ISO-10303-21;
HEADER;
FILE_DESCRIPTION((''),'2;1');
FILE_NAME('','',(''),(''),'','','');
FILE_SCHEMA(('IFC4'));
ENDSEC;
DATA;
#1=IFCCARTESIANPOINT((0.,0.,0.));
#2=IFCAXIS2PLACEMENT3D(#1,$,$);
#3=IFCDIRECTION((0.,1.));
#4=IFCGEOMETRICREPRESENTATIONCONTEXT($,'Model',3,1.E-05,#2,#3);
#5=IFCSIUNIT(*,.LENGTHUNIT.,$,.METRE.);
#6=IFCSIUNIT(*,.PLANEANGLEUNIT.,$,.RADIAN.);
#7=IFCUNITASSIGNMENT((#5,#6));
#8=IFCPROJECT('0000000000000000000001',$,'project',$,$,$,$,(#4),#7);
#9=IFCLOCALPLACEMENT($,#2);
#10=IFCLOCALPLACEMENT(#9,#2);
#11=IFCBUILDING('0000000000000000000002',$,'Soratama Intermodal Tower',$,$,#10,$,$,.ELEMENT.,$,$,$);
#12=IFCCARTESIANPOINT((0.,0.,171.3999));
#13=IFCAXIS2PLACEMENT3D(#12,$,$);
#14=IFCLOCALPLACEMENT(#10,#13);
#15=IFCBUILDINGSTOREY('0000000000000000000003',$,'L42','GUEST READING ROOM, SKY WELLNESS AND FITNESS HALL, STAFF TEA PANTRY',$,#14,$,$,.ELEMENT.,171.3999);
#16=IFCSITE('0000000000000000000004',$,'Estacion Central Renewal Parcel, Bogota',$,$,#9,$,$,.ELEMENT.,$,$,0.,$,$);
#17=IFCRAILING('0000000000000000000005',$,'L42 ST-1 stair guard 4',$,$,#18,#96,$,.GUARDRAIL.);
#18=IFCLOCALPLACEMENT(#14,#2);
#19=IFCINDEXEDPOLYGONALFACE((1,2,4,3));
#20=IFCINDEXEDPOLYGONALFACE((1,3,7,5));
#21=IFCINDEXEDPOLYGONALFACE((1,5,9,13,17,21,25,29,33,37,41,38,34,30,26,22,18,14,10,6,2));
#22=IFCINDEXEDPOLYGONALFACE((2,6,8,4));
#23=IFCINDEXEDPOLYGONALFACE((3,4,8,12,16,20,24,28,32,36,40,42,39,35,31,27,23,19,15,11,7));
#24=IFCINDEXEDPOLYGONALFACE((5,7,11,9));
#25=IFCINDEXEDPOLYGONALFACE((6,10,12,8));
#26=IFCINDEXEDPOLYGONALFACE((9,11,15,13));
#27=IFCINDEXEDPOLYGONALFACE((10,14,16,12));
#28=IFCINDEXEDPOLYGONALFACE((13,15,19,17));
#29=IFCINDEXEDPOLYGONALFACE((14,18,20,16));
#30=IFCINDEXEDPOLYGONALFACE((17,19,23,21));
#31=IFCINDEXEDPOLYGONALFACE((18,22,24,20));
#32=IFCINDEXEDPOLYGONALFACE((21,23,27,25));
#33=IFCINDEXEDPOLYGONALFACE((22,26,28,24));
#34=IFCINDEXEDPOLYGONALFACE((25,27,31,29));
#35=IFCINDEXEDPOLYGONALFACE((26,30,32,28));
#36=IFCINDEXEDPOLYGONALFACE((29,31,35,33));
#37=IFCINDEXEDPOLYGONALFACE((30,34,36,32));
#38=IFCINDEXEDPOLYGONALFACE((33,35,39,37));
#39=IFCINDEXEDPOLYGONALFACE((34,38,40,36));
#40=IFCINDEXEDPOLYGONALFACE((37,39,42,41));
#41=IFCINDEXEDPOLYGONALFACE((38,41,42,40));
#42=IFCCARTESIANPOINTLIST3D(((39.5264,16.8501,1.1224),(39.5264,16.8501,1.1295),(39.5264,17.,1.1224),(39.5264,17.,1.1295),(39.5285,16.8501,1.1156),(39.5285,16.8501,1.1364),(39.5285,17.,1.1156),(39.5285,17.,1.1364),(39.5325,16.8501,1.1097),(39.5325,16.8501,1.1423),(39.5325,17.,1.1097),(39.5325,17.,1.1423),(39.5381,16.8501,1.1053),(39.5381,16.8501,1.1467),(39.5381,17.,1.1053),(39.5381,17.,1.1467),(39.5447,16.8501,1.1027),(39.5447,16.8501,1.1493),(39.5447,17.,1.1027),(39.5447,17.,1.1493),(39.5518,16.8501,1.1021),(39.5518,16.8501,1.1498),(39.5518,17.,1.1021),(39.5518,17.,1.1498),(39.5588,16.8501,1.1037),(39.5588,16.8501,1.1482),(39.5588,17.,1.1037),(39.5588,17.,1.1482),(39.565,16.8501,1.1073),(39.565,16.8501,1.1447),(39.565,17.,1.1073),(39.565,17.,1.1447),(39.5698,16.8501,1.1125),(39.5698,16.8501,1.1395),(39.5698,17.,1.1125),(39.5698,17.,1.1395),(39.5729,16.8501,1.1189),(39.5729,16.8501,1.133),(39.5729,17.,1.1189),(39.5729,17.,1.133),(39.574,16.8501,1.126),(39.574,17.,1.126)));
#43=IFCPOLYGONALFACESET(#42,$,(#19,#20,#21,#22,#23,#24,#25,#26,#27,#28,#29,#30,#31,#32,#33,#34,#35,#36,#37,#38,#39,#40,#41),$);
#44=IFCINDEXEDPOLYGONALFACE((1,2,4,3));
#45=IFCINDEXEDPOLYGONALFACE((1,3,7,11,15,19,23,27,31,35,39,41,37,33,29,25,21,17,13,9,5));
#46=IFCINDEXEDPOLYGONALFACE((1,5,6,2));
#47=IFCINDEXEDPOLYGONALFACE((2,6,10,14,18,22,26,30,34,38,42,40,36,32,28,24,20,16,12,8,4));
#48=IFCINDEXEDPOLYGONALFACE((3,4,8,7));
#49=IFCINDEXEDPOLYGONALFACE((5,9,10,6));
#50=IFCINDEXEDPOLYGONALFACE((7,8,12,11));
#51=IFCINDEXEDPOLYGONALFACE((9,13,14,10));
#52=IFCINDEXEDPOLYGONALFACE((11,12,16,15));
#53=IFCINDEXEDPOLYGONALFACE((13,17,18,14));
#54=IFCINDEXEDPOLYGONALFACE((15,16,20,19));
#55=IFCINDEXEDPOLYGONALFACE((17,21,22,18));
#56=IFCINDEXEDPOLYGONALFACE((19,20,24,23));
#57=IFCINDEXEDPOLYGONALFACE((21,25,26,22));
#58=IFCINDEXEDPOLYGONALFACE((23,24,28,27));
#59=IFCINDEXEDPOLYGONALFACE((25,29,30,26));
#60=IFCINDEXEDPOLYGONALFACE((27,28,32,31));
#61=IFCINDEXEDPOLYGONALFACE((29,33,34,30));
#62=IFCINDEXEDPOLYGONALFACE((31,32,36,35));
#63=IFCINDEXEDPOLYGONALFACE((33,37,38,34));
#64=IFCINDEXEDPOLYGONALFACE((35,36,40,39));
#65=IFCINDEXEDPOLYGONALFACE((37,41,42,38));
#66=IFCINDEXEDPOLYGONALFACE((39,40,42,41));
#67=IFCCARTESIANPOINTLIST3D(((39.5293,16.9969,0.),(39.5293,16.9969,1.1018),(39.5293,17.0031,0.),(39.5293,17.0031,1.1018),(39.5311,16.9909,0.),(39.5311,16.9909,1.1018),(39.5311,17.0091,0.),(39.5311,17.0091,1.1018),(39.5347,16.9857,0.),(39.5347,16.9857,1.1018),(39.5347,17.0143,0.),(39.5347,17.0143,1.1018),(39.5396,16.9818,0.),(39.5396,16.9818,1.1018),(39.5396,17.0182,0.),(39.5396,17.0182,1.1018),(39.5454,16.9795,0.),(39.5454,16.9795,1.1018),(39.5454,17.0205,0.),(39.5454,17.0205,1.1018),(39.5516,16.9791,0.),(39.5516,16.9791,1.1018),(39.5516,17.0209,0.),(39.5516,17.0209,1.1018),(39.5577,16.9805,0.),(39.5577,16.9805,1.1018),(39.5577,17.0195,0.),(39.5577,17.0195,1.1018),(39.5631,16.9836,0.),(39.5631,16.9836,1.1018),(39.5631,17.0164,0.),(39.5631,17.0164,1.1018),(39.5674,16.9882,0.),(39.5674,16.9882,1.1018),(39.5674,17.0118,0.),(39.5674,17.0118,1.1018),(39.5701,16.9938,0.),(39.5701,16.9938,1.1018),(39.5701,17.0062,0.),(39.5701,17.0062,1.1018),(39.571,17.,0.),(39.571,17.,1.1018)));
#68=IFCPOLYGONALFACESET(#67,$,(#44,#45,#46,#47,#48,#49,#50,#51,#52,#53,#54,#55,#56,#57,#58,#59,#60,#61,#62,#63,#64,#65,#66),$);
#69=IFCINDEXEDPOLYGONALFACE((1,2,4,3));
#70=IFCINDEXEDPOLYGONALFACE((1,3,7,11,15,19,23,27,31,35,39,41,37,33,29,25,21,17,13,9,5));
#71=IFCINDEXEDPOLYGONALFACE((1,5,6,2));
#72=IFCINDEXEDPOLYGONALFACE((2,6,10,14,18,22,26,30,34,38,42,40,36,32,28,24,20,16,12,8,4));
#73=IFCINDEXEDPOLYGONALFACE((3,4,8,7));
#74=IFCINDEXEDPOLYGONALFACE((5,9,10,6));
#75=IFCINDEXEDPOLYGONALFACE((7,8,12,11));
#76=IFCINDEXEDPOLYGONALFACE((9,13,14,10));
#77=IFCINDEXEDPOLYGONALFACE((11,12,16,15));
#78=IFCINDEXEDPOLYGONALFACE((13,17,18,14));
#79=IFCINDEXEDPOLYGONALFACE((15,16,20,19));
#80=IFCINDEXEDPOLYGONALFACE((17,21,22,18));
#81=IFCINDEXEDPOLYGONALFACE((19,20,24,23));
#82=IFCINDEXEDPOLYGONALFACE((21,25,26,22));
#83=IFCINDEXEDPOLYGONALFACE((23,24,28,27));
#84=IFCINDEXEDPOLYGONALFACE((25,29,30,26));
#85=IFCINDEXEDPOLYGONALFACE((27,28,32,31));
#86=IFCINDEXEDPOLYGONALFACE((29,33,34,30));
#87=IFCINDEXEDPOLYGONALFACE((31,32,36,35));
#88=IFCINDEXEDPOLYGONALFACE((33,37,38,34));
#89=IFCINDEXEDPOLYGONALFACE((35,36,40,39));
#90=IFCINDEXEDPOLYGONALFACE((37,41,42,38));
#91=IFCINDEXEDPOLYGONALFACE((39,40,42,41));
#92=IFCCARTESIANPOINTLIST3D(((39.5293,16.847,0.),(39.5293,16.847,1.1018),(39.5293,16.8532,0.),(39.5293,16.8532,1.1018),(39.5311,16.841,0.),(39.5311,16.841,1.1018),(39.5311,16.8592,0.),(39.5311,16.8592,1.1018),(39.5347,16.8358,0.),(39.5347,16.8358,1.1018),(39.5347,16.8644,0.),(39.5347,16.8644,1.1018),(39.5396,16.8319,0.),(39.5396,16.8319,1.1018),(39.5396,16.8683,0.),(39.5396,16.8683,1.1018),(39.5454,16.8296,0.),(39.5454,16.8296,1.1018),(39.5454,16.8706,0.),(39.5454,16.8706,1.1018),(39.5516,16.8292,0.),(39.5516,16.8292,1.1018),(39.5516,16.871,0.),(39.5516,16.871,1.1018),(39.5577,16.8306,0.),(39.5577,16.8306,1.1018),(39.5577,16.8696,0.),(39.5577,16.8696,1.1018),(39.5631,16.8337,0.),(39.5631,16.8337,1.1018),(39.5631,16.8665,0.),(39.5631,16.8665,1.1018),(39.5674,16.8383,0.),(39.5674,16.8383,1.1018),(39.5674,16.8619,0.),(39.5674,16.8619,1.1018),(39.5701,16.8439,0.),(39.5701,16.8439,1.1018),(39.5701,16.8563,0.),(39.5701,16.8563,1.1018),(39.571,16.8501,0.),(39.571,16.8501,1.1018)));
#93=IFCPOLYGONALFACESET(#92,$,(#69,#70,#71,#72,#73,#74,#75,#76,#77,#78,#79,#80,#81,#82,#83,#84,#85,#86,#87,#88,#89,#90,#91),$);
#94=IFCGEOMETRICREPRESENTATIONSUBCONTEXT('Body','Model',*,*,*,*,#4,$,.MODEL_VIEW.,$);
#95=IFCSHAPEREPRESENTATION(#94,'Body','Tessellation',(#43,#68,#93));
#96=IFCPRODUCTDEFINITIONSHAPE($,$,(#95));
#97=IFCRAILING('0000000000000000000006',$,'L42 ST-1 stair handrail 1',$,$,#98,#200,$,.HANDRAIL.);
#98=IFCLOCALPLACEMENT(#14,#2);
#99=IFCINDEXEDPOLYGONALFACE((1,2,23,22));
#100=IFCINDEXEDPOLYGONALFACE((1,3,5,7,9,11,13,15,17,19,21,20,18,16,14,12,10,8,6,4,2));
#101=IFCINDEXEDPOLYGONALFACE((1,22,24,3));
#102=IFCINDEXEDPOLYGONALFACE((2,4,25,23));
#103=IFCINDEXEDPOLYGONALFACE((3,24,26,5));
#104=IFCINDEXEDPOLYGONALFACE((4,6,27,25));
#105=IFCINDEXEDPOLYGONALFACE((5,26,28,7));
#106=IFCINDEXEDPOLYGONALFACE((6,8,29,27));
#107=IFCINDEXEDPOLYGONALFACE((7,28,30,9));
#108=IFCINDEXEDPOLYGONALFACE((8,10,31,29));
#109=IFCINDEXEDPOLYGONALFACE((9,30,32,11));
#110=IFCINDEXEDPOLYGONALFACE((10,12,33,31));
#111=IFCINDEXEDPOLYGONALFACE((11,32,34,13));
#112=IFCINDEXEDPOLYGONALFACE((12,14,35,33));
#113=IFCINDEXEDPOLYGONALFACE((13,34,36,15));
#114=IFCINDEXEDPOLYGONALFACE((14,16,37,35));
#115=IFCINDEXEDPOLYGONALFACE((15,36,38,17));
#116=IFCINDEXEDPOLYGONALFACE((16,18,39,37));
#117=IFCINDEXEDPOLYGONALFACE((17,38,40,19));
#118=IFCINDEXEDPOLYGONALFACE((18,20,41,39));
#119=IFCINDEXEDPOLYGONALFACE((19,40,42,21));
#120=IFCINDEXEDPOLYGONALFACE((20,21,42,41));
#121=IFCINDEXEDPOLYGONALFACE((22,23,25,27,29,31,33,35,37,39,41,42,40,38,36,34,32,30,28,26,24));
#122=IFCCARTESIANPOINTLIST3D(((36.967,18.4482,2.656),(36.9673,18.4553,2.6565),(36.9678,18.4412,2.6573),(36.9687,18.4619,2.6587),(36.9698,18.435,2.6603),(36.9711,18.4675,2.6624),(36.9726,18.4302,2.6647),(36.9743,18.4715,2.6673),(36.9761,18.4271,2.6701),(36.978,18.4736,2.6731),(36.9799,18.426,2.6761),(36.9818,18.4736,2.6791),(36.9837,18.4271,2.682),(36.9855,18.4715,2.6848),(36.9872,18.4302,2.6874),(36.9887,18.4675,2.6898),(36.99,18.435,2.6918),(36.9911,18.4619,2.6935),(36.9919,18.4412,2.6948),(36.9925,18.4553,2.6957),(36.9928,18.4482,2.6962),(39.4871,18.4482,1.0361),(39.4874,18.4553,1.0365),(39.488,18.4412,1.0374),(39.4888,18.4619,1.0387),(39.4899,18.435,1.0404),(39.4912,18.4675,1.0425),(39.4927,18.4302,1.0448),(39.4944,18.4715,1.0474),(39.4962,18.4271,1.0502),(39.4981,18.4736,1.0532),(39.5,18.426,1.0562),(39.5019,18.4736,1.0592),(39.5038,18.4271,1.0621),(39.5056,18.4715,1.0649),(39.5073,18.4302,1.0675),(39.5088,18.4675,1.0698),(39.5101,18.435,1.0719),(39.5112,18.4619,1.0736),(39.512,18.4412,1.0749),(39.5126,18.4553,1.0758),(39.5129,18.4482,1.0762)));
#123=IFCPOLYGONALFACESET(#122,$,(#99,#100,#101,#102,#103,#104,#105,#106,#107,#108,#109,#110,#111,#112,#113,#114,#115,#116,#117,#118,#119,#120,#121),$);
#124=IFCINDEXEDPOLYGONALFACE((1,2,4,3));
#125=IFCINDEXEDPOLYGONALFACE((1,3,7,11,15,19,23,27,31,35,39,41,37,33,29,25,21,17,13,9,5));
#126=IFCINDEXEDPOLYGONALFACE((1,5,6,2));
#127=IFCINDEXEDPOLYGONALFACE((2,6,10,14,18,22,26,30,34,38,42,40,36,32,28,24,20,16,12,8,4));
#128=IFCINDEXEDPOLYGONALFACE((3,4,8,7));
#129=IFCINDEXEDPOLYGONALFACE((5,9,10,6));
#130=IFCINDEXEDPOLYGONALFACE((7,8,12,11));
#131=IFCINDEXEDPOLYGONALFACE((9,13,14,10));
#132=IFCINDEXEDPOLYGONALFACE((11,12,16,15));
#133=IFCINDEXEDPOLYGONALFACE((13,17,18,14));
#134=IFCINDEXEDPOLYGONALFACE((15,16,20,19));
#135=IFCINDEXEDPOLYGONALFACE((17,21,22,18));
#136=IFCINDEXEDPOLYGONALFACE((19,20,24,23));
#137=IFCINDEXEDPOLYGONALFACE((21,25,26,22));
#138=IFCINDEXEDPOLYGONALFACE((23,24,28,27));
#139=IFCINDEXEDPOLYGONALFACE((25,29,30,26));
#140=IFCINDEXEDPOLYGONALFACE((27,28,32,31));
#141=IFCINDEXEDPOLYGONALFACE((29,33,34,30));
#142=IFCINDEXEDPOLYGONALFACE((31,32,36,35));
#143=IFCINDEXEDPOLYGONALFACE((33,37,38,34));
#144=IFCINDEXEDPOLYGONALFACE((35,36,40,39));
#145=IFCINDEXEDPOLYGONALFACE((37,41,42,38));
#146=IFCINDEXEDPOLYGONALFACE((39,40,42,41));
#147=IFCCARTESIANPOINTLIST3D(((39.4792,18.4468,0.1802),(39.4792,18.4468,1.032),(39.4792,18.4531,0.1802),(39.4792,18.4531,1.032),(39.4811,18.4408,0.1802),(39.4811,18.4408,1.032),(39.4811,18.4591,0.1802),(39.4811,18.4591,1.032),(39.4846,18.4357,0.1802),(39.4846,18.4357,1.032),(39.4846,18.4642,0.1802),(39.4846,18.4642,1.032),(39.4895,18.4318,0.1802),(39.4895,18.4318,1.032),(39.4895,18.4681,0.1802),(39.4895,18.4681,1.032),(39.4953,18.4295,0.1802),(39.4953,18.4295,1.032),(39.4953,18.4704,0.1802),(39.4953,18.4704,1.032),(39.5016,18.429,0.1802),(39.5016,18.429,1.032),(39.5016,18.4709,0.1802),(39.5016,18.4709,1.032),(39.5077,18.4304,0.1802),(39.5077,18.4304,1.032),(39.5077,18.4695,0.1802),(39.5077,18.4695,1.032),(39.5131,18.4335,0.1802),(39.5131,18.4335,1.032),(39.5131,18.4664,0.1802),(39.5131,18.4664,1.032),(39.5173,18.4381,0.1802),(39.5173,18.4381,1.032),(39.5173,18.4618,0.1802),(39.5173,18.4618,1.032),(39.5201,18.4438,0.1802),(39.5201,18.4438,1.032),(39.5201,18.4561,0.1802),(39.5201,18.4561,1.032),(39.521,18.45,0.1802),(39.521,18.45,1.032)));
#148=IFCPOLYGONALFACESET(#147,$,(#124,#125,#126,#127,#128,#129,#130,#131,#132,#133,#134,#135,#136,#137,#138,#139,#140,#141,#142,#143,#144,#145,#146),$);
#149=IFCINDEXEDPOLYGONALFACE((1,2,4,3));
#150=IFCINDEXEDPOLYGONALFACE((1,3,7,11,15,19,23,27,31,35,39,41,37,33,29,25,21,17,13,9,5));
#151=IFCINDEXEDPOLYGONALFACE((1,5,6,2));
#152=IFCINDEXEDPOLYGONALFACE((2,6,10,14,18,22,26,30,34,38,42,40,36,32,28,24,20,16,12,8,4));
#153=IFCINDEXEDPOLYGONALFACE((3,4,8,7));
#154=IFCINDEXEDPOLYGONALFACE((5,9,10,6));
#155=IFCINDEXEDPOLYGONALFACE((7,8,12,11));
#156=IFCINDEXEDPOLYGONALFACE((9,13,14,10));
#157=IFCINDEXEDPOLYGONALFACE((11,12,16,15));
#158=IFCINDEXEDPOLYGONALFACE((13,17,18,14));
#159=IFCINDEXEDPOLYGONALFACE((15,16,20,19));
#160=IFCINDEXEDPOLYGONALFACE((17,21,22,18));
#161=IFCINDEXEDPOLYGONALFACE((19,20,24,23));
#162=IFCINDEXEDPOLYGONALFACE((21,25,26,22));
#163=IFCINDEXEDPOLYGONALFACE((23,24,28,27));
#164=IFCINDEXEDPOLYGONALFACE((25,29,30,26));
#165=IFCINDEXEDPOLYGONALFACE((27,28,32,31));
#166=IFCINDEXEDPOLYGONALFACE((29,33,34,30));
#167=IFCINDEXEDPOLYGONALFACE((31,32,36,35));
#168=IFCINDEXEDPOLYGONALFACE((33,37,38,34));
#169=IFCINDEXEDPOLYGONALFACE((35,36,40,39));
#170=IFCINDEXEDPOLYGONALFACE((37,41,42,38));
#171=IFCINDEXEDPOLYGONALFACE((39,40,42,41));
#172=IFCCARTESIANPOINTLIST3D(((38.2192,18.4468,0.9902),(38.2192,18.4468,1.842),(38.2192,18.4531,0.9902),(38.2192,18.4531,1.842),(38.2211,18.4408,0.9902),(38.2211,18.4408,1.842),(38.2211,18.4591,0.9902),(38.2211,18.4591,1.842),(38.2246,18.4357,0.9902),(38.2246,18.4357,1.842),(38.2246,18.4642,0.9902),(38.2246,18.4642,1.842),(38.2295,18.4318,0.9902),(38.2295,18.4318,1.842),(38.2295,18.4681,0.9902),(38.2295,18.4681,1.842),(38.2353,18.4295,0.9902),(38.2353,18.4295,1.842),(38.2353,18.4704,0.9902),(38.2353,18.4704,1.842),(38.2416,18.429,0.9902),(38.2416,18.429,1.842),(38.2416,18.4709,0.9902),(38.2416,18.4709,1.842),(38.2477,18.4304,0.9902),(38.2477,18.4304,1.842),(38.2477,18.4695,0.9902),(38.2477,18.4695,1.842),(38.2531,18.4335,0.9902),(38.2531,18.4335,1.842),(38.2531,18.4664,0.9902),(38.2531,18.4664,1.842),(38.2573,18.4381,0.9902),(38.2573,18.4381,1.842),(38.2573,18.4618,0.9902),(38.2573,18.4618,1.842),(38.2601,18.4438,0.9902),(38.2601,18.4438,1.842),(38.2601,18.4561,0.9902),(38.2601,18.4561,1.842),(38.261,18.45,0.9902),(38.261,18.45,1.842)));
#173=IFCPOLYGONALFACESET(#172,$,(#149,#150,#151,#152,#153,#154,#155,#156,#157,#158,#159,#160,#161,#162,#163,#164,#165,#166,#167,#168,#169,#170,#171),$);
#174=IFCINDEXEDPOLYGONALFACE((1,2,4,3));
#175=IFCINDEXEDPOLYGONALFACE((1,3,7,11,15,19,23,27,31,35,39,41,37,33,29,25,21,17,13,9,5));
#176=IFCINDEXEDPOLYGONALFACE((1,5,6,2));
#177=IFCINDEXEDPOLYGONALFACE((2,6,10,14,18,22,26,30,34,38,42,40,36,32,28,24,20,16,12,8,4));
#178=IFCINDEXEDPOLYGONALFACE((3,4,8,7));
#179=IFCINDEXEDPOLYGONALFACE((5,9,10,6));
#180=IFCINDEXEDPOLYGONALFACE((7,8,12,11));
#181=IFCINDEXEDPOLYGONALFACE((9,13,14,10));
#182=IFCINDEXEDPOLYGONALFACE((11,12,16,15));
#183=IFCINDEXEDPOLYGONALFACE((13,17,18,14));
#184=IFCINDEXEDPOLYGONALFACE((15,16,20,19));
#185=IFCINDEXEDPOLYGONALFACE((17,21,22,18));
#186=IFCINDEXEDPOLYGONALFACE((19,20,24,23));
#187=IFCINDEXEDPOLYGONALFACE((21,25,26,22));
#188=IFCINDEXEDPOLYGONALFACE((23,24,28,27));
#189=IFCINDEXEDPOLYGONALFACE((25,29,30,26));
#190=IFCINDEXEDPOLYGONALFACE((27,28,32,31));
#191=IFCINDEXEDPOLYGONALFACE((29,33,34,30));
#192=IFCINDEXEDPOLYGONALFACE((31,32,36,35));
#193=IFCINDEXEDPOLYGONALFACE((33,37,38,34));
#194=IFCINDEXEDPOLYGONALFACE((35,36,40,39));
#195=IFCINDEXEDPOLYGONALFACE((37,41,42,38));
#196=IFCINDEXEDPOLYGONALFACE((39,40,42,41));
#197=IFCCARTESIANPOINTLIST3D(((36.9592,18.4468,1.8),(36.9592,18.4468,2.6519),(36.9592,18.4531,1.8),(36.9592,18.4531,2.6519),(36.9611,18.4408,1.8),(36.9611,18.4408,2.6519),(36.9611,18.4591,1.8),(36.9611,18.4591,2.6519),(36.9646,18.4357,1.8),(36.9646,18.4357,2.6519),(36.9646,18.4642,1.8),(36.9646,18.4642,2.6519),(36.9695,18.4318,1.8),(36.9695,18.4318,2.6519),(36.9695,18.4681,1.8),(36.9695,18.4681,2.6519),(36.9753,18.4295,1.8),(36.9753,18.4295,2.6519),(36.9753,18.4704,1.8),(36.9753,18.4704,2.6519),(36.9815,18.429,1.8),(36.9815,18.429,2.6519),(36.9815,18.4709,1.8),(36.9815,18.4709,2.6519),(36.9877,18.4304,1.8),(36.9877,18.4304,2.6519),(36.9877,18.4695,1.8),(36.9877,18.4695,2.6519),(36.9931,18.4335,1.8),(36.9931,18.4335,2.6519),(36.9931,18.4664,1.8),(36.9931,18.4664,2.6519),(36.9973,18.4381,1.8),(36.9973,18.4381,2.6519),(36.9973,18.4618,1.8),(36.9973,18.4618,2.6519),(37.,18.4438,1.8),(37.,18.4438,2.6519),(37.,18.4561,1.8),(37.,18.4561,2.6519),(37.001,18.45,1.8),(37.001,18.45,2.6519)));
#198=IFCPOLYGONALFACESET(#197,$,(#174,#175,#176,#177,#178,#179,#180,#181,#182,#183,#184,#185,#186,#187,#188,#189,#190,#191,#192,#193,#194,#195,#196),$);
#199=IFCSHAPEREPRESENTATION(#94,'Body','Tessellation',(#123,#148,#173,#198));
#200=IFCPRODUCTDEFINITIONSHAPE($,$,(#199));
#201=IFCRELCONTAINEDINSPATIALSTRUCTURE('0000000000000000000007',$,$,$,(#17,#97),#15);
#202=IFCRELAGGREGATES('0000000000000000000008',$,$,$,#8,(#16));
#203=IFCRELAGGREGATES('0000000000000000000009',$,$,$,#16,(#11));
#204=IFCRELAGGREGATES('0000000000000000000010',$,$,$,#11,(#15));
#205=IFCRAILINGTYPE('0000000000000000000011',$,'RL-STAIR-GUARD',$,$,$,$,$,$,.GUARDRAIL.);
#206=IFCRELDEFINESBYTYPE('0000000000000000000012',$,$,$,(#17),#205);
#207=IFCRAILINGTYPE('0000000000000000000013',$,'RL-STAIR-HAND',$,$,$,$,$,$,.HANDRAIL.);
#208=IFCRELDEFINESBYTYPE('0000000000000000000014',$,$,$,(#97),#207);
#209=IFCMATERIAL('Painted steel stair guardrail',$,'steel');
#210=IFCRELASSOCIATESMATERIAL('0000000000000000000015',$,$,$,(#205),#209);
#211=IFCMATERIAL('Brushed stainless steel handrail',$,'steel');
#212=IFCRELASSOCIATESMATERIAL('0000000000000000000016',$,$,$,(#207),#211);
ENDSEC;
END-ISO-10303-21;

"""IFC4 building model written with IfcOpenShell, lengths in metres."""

from ifc_helpers import new_model, si_unit, direction, frame, origin, origin_2d, place, context, subcontext, project, spatial, circle, extrude, material, type_object, element, save


model = new_model("IFC4")

# Units and contexts
model_context = context("Model", 3, precision=1e-05, world=origin(), true_north=direction((0.0, 1.0)))
body_context = subcontext(model_context, "Body", "Model", "MODEL_VIEW")
ifc_project = project(units=[si_unit("LENGTHUNIT", "METRE"), si_unit("PLANEANGLEUNIT", "RADIAN")], contexts=[model_context])

# Site, building, storey
site_placement = place(None, origin())
site = spatial("IfcSite", under=ifc_project, at=site_placement, Name="Estacion Central Renewal Parcel, Bogota", CompositionType="ELEMENT", RefElevation=0.0)
building_placement = place(site_placement, origin())
building = spatial("IfcBuilding", under=site, at=building_placement, Name="Soratama Intermodal Tower", CompositionType="ELEMENT")
storey_placement = place(building_placement, frame((0.0, 0.0, 171.3999)))
storey = spatial("IfcBuildingStorey", under=building, at=storey_placement, Name="L42", Description="GUEST READING ROOM, SKY WELLNESS AND FITNESS HALL, STAFF TEA PANTRY", CompositionType="ELEMENT", Elevation=171.3999)

# Railings
ifc_material_1 = material(Name="Painted steel stair guardrail", Category="steel")
railing_type_1 = type_object("IfcRailingType", Name="RL-STAIR-GUARD", PredefinedType="GUARDRAIL", material=ifc_material_1)
railing_1_placement = place(storey_placement, frame((39.55, 17.0, 0.0)))
element("IfcRailing", 1, at=railing_1_placement, inside=storey, type_object=railing_type_1, Name="L42 ST-1 stair guard 4", PredefinedType="GUARDRAIL", context=body_context, shape_type="SweptSolid", body=[
    extrude(circle(Radius=0.0239, at=origin_2d()), frame((0.0, 0.0, 1.126), z_axis=(0.0, -1.0, 0.0), x_axis=(1.0, 0.0, 0.0)), (0.0, 0.0, 1.0), 0.1499),
    extrude(circle(Radius=0.021, at=origin_2d()), origin(), (0.0, 0.0, 1.0), 1.1018),
    extrude(circle(Radius=0.021, at=origin_2d()), frame((0.0, -0.1499, 0.0)), (0.0, 0.0, 1.0), 1.1018),
])
ifc_material_2 = material(Name="Brushed stainless steel handrail", Category="steel")
railing_type_2 = type_object("IfcRailingType", Name="RL-STAIR-HAND", PredefinedType="HANDRAIL", material=ifc_material_2)
railing_2_placement = place(storey_placement, frame((39.5, 18.45, 0.1802)))
element("IfcRailing", 2, at=railing_2_placement, inside=storey, type_object=railing_type_2, Name="L42 ST-1 stair handrail 1", PredefinedType="HANDRAIL", context=body_context, shape_type="SweptSolid", body=[
    extrude(circle(Radius=0.0239, at=origin_2d()), frame((0.0, 0.0, 0.876), z_axis=(-0.8412, 0.0, 0.540725), x_axis=(0.0, -1.0, 0.0)), (0.0, 0.0, 1.0), 2.9958),
    extrude(circle(Radius=0.021, at=origin_2d()), origin(), (0.0, 0.0, 1.0), 0.8518),
    extrude(circle(Radius=0.021, at=origin_2d()), frame((-1.26, 0.0, 0.8101)), (0.0, 0.0, 1.0), 0.8518),
    extrude(circle(Radius=0.021, at=origin_2d()), frame((-2.52, 0.0, 1.6199)), (0.0, 0.0, 1.0), 0.8518),
])

save(model, "model.ifc")
